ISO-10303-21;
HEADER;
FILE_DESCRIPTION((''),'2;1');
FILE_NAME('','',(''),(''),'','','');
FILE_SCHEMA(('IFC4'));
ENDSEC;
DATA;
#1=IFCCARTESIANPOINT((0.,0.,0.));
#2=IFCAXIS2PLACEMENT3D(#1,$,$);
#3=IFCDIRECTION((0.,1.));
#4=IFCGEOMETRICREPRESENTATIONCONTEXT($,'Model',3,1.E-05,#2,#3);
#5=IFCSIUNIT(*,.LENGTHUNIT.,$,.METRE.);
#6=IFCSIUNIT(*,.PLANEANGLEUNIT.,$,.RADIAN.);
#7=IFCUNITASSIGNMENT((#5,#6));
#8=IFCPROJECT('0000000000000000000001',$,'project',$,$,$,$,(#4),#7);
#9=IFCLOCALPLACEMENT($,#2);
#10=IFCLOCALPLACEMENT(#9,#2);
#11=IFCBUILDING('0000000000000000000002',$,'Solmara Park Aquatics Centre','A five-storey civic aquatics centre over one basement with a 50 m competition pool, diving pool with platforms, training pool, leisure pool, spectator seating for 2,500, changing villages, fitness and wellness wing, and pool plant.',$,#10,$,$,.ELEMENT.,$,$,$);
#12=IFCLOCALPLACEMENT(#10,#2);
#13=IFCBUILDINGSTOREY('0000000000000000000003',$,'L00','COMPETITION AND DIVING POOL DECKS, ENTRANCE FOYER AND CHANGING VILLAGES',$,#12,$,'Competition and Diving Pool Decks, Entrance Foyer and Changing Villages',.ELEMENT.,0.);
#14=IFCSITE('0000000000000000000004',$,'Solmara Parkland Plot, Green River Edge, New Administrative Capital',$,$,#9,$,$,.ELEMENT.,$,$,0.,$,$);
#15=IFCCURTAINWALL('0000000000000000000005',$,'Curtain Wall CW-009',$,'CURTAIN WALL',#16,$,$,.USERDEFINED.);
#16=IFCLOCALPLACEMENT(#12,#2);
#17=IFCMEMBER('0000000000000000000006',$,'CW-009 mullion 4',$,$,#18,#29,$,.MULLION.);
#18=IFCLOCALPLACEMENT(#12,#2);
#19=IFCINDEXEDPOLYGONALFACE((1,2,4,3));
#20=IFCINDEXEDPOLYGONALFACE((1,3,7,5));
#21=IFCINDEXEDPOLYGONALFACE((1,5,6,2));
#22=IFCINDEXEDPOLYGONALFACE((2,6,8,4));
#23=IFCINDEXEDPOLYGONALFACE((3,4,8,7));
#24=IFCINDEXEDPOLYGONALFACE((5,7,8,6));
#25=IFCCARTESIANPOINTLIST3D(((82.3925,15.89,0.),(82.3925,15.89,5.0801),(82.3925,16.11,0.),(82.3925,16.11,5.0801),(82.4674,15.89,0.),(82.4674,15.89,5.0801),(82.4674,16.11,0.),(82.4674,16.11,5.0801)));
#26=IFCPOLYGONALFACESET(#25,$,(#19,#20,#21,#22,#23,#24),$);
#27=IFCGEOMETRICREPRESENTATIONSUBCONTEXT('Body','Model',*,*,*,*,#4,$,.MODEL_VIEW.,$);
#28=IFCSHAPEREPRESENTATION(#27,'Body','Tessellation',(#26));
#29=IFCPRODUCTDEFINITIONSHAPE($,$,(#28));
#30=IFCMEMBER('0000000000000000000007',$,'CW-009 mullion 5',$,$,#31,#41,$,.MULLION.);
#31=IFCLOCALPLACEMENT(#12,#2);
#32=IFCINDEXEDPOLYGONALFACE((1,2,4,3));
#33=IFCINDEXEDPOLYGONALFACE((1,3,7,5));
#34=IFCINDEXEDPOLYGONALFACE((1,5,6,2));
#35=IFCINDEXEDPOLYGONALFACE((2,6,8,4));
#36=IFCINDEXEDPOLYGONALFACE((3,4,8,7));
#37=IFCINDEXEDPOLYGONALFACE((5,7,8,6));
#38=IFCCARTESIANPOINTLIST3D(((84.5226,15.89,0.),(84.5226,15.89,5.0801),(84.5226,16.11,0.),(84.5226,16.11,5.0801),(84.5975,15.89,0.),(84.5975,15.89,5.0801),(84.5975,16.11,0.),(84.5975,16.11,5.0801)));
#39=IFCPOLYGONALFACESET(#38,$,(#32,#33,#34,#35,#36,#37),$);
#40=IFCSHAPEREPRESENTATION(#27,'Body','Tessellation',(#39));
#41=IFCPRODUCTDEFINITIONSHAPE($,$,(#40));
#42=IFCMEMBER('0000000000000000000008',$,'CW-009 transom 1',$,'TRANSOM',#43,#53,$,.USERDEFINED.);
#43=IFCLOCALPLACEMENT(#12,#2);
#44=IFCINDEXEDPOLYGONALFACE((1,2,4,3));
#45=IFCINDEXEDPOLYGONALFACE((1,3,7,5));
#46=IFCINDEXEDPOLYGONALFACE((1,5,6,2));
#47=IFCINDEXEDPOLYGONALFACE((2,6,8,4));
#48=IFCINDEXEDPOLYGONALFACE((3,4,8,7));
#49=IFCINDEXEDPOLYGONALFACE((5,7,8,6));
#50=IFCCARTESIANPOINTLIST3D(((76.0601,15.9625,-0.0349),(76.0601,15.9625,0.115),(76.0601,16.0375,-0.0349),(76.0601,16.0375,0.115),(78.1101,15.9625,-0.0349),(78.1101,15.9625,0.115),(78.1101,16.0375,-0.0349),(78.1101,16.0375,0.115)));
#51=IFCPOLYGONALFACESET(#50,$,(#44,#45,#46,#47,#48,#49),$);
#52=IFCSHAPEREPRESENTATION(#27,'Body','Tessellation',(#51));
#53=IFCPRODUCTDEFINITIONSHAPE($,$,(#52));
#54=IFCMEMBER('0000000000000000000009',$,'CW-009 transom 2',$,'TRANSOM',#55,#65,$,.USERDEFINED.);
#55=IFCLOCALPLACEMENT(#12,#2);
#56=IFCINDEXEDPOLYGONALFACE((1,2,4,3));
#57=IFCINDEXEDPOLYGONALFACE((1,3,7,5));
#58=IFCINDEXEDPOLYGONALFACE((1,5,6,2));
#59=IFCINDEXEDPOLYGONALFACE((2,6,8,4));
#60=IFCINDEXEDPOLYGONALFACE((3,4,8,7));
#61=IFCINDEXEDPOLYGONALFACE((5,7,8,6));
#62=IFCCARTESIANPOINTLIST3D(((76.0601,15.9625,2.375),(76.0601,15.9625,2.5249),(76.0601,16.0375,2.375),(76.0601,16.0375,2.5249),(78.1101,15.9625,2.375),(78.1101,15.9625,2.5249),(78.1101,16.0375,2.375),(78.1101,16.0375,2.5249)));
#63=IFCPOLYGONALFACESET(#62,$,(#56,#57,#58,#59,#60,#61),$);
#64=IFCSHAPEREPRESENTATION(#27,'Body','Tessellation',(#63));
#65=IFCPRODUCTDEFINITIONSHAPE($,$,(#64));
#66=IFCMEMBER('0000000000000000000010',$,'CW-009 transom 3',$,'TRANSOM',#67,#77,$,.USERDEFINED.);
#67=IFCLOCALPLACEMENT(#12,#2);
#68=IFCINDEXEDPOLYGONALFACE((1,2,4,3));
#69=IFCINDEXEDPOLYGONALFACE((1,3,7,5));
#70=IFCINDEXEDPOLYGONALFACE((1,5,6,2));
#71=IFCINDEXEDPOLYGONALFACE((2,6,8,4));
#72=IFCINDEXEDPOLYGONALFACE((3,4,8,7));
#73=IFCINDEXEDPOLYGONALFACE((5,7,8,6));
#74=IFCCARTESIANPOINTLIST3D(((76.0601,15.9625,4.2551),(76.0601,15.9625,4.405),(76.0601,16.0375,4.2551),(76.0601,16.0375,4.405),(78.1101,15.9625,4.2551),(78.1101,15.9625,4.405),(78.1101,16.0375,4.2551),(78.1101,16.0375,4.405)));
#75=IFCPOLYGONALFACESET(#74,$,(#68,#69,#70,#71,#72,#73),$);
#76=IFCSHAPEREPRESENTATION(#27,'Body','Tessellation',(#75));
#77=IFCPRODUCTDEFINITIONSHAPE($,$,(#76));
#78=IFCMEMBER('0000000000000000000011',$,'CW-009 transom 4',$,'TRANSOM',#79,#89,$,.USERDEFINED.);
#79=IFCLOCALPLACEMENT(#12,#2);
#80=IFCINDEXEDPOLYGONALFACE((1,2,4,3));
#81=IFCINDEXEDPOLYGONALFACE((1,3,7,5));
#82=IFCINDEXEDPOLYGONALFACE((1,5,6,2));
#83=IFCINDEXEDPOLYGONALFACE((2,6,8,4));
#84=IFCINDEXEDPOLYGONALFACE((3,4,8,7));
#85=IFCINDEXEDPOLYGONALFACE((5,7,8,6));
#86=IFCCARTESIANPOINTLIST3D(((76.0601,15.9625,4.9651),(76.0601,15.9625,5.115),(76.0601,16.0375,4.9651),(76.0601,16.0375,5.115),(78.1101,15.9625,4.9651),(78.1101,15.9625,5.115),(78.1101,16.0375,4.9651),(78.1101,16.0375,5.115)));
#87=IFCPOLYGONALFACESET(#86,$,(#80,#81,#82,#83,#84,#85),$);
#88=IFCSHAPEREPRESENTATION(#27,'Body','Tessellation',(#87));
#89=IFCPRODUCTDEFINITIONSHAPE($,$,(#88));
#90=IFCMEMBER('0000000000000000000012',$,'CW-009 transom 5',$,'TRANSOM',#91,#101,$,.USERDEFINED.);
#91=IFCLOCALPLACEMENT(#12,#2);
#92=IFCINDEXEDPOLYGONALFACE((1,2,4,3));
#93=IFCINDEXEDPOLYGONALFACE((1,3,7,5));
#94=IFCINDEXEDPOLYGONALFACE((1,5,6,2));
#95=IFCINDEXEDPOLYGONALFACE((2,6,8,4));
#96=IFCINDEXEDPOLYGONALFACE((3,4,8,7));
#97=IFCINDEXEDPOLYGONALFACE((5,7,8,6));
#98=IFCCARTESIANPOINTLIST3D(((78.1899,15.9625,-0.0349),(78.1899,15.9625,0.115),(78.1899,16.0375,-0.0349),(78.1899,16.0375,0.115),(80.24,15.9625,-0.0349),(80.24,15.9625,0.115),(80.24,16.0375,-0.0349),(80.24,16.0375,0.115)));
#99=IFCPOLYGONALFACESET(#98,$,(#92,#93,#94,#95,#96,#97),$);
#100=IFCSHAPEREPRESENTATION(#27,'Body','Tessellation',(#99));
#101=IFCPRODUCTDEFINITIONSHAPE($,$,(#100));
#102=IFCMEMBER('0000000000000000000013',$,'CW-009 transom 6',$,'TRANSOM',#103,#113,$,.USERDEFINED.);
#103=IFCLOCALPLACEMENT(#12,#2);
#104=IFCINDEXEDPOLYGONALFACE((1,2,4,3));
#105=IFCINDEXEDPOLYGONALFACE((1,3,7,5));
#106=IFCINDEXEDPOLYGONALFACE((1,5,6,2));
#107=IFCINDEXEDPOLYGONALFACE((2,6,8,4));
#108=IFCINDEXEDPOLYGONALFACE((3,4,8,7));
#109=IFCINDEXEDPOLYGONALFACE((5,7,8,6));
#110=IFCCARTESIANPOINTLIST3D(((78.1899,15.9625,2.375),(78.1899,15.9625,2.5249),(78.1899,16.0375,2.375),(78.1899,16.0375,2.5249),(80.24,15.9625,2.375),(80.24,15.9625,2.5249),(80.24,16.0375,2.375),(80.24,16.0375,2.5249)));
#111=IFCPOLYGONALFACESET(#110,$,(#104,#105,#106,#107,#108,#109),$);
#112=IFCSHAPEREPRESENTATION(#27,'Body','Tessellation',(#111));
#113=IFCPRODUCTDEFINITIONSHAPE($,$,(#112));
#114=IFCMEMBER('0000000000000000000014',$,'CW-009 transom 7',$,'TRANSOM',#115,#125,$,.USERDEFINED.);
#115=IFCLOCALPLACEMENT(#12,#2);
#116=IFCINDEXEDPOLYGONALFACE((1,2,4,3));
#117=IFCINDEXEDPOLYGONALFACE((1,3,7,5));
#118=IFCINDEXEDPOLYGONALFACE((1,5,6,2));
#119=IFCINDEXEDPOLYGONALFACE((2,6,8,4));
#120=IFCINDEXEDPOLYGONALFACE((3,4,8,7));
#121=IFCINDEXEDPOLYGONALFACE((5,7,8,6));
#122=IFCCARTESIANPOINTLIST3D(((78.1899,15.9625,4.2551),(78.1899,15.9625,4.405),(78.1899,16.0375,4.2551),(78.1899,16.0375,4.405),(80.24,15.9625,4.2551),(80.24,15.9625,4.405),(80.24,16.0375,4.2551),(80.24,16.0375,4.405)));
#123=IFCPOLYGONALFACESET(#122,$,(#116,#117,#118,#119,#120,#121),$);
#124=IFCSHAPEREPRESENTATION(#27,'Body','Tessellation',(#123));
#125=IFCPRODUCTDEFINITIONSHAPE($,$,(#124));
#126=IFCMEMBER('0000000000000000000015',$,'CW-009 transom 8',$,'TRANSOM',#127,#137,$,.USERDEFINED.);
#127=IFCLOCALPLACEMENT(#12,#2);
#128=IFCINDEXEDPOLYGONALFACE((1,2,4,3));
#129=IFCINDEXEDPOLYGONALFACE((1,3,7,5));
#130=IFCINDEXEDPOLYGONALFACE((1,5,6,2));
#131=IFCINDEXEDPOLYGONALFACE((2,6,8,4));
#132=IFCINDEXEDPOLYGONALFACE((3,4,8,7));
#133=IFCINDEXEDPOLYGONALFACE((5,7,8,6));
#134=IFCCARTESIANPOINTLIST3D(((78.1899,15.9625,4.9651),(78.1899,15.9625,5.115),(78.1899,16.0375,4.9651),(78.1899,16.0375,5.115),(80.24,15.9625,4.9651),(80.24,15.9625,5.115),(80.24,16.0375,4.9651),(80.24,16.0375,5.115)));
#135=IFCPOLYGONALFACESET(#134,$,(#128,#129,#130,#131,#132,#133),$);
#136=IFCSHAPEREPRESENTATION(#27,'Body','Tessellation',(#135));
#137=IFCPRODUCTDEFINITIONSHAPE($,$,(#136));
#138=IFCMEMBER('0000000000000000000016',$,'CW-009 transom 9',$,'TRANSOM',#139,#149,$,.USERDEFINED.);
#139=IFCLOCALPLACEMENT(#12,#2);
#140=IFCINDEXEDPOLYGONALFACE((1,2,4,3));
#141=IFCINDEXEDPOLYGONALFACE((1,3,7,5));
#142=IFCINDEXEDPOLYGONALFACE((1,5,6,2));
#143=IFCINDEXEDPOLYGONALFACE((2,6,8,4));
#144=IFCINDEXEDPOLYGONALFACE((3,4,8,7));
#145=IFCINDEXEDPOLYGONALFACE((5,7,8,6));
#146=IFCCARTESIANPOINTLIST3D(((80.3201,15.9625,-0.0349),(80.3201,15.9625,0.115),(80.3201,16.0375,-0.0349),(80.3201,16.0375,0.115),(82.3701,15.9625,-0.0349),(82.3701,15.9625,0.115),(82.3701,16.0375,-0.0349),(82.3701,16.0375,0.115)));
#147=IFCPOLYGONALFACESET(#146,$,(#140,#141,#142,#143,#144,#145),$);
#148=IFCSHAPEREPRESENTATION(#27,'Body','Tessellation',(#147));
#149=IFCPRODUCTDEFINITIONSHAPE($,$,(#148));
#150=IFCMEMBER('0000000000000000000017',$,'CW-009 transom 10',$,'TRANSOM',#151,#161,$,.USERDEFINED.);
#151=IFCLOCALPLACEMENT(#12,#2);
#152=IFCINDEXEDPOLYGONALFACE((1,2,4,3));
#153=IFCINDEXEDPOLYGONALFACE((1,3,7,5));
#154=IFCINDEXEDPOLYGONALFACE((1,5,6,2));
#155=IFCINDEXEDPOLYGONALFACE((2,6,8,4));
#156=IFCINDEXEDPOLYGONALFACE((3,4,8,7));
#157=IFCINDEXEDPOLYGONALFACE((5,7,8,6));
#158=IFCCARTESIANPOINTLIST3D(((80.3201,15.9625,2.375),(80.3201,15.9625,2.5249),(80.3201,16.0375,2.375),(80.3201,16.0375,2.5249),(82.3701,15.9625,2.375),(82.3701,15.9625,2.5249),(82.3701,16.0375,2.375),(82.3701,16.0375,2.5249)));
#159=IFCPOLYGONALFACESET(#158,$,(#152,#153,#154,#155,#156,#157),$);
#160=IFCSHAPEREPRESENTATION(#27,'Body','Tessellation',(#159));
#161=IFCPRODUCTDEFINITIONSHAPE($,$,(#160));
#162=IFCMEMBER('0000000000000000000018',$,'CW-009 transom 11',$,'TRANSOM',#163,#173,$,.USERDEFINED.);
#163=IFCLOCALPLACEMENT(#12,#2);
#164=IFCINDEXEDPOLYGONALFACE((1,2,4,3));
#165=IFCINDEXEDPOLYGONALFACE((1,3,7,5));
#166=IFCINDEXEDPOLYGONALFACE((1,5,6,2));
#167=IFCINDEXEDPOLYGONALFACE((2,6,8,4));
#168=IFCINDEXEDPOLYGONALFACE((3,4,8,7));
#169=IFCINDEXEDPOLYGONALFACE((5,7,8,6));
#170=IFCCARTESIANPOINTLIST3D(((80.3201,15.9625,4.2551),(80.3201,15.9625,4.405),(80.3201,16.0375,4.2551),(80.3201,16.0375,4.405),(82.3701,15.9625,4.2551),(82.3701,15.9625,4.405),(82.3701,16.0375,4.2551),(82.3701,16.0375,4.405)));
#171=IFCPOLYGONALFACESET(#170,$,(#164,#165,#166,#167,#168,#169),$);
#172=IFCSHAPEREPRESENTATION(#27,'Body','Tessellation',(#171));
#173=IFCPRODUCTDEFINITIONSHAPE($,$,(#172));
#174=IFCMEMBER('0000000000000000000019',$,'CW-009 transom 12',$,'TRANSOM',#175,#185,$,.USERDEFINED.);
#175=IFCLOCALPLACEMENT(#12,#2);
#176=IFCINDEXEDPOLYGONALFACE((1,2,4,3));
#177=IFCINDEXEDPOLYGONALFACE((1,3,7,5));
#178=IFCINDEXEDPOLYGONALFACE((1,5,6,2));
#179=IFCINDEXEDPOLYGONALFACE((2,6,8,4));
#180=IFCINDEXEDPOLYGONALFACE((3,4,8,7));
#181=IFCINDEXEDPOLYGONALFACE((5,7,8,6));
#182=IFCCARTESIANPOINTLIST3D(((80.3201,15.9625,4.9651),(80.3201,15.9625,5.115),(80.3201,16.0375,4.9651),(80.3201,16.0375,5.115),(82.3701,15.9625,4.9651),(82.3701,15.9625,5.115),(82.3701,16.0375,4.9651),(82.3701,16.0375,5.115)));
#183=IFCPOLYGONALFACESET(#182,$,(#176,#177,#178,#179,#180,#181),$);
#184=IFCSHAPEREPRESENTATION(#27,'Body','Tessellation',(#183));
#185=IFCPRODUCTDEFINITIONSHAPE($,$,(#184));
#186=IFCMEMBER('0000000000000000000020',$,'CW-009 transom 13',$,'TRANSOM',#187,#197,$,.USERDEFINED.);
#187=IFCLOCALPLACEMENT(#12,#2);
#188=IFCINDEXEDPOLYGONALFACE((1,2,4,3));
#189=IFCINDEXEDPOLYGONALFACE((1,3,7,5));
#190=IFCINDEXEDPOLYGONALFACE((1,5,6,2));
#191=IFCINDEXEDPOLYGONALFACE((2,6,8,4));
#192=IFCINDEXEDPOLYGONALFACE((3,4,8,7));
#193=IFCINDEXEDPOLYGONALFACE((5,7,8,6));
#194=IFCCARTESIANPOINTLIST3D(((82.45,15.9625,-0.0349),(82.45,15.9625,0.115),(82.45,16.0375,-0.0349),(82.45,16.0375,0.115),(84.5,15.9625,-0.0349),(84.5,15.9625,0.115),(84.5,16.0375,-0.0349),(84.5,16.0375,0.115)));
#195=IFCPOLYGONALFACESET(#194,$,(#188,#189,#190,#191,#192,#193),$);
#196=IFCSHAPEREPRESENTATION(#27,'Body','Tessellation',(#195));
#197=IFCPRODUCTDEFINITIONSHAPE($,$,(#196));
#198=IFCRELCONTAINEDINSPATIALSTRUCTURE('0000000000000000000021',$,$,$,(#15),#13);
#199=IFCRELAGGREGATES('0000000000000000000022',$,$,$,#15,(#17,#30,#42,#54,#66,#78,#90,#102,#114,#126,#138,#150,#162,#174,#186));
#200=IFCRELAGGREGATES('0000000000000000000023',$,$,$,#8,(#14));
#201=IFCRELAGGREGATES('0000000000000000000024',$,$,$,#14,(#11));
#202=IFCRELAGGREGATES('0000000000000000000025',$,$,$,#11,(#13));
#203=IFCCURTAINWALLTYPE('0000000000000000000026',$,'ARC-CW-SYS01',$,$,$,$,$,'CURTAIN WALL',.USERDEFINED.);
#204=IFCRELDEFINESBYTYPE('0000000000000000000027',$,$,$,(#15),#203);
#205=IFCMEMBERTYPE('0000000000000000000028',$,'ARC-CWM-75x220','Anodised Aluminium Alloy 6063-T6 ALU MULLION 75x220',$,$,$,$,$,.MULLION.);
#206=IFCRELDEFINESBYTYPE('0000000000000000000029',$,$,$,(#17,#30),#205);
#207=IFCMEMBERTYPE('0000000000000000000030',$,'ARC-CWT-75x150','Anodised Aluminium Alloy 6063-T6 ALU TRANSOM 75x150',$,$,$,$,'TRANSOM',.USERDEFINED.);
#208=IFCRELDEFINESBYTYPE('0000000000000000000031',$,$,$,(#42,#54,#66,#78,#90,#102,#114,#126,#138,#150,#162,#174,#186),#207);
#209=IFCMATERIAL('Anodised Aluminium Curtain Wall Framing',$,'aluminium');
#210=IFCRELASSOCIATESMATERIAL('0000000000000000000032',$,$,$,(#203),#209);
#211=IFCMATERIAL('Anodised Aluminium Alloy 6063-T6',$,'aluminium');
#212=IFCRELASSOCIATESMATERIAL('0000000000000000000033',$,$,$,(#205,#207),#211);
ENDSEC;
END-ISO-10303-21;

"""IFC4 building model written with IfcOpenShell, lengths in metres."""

from ifc_helpers import new_model, si_unit, direction, frame, origin, origin_2d, place, context, subcontext, project, spatial, rectangle, extrude, material, material_profile, profile_set, type_object, element, aggregate, save


model = new_model("IFC4")

# Units and contexts
model_context = context("Model", 3, precision=1e-05, world=origin(), true_north=direction((0.0, 1.0)))
body_context = subcontext(model_context, "Body", "Model", "MODEL_VIEW")
ifc_project = project(units=[si_unit("LENGTHUNIT", "METRE"), si_unit("PLANEANGLEUNIT", "RADIAN")], contexts=[model_context])

# Site, building, storey
site_placement = place(None, origin())
site = spatial("IfcSite", under=ifc_project, at=site_placement, Name="Solmara Parkland Plot, Green River Edge, New Administrative Capital", CompositionType="ELEMENT", RefElevation=0.0)
building_placement = place(site_placement, origin())
building = spatial("IfcBuilding", under=site, at=building_placement, Name="Solmara Park Aquatics Centre", Description="A five-storey civic aquatics centre over one basement with a 50 m competition pool, diving pool with platforms, training pool, leisure pool, spectator seating for 2,500, changing villages, fitness and wellness wing, and pool plant.", CompositionType="ELEMENT")
storey_placement = place(building_placement, origin())
storey = spatial("IfcBuildingStorey", under=building, at=storey_placement, Name="L00", Description="COMPETITION AND DIVING POOL DECKS, ENTRANCE FOYER AND CHANGING VILLAGES", LongName="Competition and Diving Pool Decks, Entrance Foyer and Changing Villages", CompositionType="ELEMENT", Elevation=0.0)

# Curtain wall, members
ifc_material_1 = material(Name="Anodised Aluminium Curtain Wall Framing", Category="aluminium")
curtain_wall_type = type_object("IfcCurtainWallType", Name="ARC-CW-SYS01", ElementType="CURTAIN WALL", PredefinedType="USERDEFINED", material=ifc_material_1)
curtain_wall_placement = place(storey_placement, origin())
curtain_wall = element("IfcCurtainWall", 1, at=curtain_wall_placement, inside=storey, type_object=curtain_wall_type, Name="Curtain Wall CW-009", ObjectType="CURTAIN WALL", PredefinedType="USERDEFINED")
ifc_material_2 = material(Name="Anodised Aluminium Alloy 6063-T6", Category="aluminium")
ifc_material_profile_1 = material_profile(ifc_material_2, rectangle(XDim=0.075, YDim=0.22, at=origin_2d()), Name="ALU MULLION 75x220")
ifc_profile_set_1 = profile_set([ifc_material_profile_1], Name="Anodised Aluminium Alloy 6063-T6")
member_type_1 = type_object("IfcMemberType", Name="ARC-CWM-75x220", Description="Anodised Aluminium Alloy 6063-T6 ALU MULLION 75x220", PredefinedType="MULLION", material=ifc_profile_set_1)
member_1_placement = place(storey_placement, frame((82.4299, 16.0, 0.0), z_axis=(0.0, 0.0, 1.0), x_axis=(1.0, 0.0, 0.0)))
member_1 = element("IfcMember", 2, at=member_1_placement, type_object=member_type_1, Name="CW-009 mullion 4", PredefinedType="MULLION", context=body_context, shape_type="SweptSolid", body=[
    extrude(rectangle(XDim=0.075, YDim=0.22, at=origin_2d()), origin(), (0.0, 0.0, 1.0), 5.0801),
])
member_2_placement = place(storey_placement, frame((84.5601, 16.0, 0.0), z_axis=(0.0, 0.0, 1.0), x_axis=(1.0, 0.0, 0.0)))
member_2 = element("IfcMember", 3, at=member_2_placement, type_object=member_type_1, Name="CW-009 mullion 5", PredefinedType="MULLION", context=body_context, shape_type="SweptSolid", body=[
    extrude(rectangle(XDim=0.075, YDim=0.22, at=origin_2d()), origin(), (0.0, 0.0, 1.0), 5.0801),
])
ifc_material_profile_2 = material_profile(ifc_material_2, rectangle(XDim=0.075, YDim=0.1499, at=origin_2d()), Name="ALU TRANSOM 75x150")
ifc_profile_set_2 = profile_set([ifc_material_profile_2], Name="Anodised Aluminium Alloy 6063-T6")
member_type_2 = type_object("IfcMemberType", Name="ARC-CWT-75x150", Description="Anodised Aluminium Alloy 6063-T6 ALU TRANSOM 75x150", ElementType="TRANSOM", PredefinedType="USERDEFINED", material=ifc_profile_set_2)
member_3_placement = place(storey_placement, frame((76.0601, 16.0, 0.04), z_axis=(1.0, 0.0, 0.0), x_axis=(0.0, 1.0, 0.0)))
member_3 = element("IfcMember", 4, at=member_3_placement, type_object=member_type_2, Name="CW-009 transom 1", ObjectType="TRANSOM", PredefinedType="USERDEFINED", context=body_context, shape_type="SweptSolid", body=[
    extrude(rectangle(XDim=0.075, YDim=0.1499, at=origin_2d()), origin(), (0.0, 0.0, 1.0), 2.05),
])
member_4_placement = place(storey_placement, frame((76.0601, 16.0, 2.45), z_axis=(1.0, 0.0, 0.0), x_axis=(0.0, 1.0, 0.0)))
member_4 = element("IfcMember", 5, at=member_4_placement, type_object=member_type_2, Name="CW-009 transom 2", ObjectType="TRANSOM", PredefinedType="USERDEFINED", context=body_context, shape_type="SweptSolid", body=[
    extrude(rectangle(XDim=0.075, YDim=0.1499, at=origin_2d()), origin(), (0.0, 0.0, 1.0), 2.05),
])
member_5_placement = place(storey_placement, frame((76.0601, 16.0, 4.3301), z_axis=(1.0, 0.0, 0.0), x_axis=(0.0, 1.0, 0.0)))
member_5 = element("IfcMember", 6, at=member_5_placement, type_object=member_type_2, Name="CW-009 transom 3", ObjectType="TRANSOM", PredefinedType="USERDEFINED", context=body_context, shape_type="SweptSolid", body=[
    extrude(rectangle(XDim=0.075, YDim=0.1499, at=origin_2d()), origin(), (0.0, 0.0, 1.0), 2.05),
])
member_6_placement = place(storey_placement, frame((76.0601, 16.0, 5.04), z_axis=(1.0, 0.0, 0.0), x_axis=(0.0, 1.0, 0.0)))
member_6 = element("IfcMember", 7, at=member_6_placement, type_object=member_type_2, Name="CW-009 transom 4", ObjectType="TRANSOM", PredefinedType="USERDEFINED", context=body_context, shape_type="SweptSolid", body=[
    extrude(rectangle(XDim=0.075, YDim=0.1499, at=origin_2d()), origin(), (0.0, 0.0, 1.0), 2.05),
])
member_7_placement = place(storey_placement, frame((78.1899, 16.0, 0.04), z_axis=(1.0, 0.0, 0.0), x_axis=(0.0, 1.0, 0.0)))
member_7 = element("IfcMember", 8, at=member_7_placement, type_object=member_type_2, Name="CW-009 transom 5", ObjectType="TRANSOM", PredefinedType="USERDEFINED", context=body_context, shape_type="SweptSolid", body=[
    extrude(rectangle(XDim=0.075, YDim=0.1499, at=origin_2d()), origin(), (0.0, 0.0, 1.0), 2.05),
])
member_8_placement = place(storey_placement, frame((78.1899, 16.0, 2.45), z_axis=(1.0, 0.0, 0.0), x_axis=(0.0, 1.0, 0.0)))
member_8 = element("IfcMember", 9, at=member_8_placement, type_object=member_type_2, Name="CW-009 transom 6", ObjectType="TRANSOM", PredefinedType="USERDEFINED", context=body_context, shape_type="SweptSolid", body=[
    extrude(rectangle(XDim=0.075, YDim=0.1499, at=origin_2d()), origin(), (0.0, 0.0, 1.0), 2.05),
])
member_9_placement = place(storey_placement, frame((78.1899, 16.0, 4.3301), z_axis=(1.0, 0.0, 0.0), x_axis=(0.0, 1.0, 0.0)))
member_9 = element("IfcMember", 10, at=member_9_placement, type_object=member_type_2, Name="CW-009 transom 7", ObjectType="TRANSOM", PredefinedType="USERDEFINED", context=body_context, shape_type="SweptSolid", body=[
    extrude(rectangle(XDim=0.075, YDim=0.1499, at=origin_2d()), origin(), (0.0, 0.0, 1.0), 2.05),
])
member_10_placement = place(storey_placement, frame((78.1899, 16.0, 5.04), z_axis=(1.0, 0.0, 0.0), x_axis=(0.0, 1.0, 0.0)))
member_10 = element("IfcMember", 11, at=member_10_placement, type_object=member_type_2, Name="CW-009 transom 8", ObjectType="TRANSOM", PredefinedType="USERDEFINED", context=body_context, shape_type="SweptSolid", body=[
    extrude(rectangle(XDim=0.075, YDim=0.1499, at=origin_2d()), origin(), (0.0, 0.0, 1.0), 2.05),
])
member_11_placement = place(storey_placement, frame((80.3201, 16.0, 0.04), z_axis=(1.0, 0.0, 0.0), x_axis=(0.0, 1.0, 0.0)))
member_11 = element("IfcMember", 12, at=member_11_placement, type_object=member_type_2, Name="CW-009 transom 9", ObjectType="TRANSOM", PredefinedType="USERDEFINED", context=body_context, shape_type="SweptSolid", body=[
    extrude(rectangle(XDim=0.075, YDim=0.1499, at=origin_2d()), origin(), (0.0, 0.0, 1.0), 2.05),
])
member_12_placement = place(storey_placement, frame((80.3201, 16.0, 2.45), z_axis=(1.0, 0.0, 0.0), x_axis=(0.0, 1.0, 0.0)))
member_12 = element("IfcMember", 13, at=member_12_placement, type_object=member_type_2, Name="CW-009 transom 10", ObjectType="TRANSOM", PredefinedType="USERDEFINED", context=body_context, shape_type="SweptSolid", body=[
    extrude(rectangle(XDim=0.075, YDim=0.1499, at=origin_2d()), origin(), (0.0, 0.0, 1.0), 2.05),
])
member_13_placement = place(storey_placement, frame((80.3201, 16.0, 4.3301), z_axis=(1.0, 0.0, 0.0), x_axis=(0.0, 1.0, 0.0)))
member_13 = element("IfcMember", 14, at=member_13_placement, type_object=member_type_2, Name="CW-009 transom 11", ObjectType="TRANSOM", PredefinedType="USERDEFINED", context=body_context, shape_type="SweptSolid", body=[
    extrude(rectangle(XDim=0.075, YDim=0.1499, at=origin_2d()), origin(), (0.0, 0.0, 1.0), 2.05),
])
member_14_placement = place(storey_placement, frame((80.3201, 16.0, 5.04), z_axis=(1.0, 0.0, 0.0), x_axis=(0.0, 1.0, 0.0)))
member_14 = element("IfcMember", 15, at=member_14_placement, type_object=member_type_2, Name="CW-009 transom 12", ObjectType="TRANSOM", PredefinedType="USERDEFINED", context=body_context, shape_type="SweptSolid", body=[
    extrude(rectangle(XDim=0.075, YDim=0.1499, at=origin_2d()), origin(), (0.0, 0.0, 1.0), 2.05),
])
member_15_placement = place(storey_placement, frame((82.45, 16.0, 0.04), z_axis=(1.0, 0.0, 0.0), x_axis=(0.0, 1.0, 0.0)))
member_15 = element("IfcMember", 16, at=member_15_placement, type_object=member_type_2, Name="CW-009 transom 13", ObjectType="TRANSOM", PredefinedType="USERDEFINED", context=body_context, shape_type="SweptSolid", body=[
    extrude(rectangle(XDim=0.075, YDim=0.1499, at=origin_2d()), origin(), (0.0, 0.0, 1.0), 2.05),
])
aggregate(curtain_wall, [member_1, member_2, member_3, member_4, member_5, member_6, member_7, member_8, member_9, member_10, member_11, member_12, member_13, member_14, member_15])

save(model, "model.ifc")
